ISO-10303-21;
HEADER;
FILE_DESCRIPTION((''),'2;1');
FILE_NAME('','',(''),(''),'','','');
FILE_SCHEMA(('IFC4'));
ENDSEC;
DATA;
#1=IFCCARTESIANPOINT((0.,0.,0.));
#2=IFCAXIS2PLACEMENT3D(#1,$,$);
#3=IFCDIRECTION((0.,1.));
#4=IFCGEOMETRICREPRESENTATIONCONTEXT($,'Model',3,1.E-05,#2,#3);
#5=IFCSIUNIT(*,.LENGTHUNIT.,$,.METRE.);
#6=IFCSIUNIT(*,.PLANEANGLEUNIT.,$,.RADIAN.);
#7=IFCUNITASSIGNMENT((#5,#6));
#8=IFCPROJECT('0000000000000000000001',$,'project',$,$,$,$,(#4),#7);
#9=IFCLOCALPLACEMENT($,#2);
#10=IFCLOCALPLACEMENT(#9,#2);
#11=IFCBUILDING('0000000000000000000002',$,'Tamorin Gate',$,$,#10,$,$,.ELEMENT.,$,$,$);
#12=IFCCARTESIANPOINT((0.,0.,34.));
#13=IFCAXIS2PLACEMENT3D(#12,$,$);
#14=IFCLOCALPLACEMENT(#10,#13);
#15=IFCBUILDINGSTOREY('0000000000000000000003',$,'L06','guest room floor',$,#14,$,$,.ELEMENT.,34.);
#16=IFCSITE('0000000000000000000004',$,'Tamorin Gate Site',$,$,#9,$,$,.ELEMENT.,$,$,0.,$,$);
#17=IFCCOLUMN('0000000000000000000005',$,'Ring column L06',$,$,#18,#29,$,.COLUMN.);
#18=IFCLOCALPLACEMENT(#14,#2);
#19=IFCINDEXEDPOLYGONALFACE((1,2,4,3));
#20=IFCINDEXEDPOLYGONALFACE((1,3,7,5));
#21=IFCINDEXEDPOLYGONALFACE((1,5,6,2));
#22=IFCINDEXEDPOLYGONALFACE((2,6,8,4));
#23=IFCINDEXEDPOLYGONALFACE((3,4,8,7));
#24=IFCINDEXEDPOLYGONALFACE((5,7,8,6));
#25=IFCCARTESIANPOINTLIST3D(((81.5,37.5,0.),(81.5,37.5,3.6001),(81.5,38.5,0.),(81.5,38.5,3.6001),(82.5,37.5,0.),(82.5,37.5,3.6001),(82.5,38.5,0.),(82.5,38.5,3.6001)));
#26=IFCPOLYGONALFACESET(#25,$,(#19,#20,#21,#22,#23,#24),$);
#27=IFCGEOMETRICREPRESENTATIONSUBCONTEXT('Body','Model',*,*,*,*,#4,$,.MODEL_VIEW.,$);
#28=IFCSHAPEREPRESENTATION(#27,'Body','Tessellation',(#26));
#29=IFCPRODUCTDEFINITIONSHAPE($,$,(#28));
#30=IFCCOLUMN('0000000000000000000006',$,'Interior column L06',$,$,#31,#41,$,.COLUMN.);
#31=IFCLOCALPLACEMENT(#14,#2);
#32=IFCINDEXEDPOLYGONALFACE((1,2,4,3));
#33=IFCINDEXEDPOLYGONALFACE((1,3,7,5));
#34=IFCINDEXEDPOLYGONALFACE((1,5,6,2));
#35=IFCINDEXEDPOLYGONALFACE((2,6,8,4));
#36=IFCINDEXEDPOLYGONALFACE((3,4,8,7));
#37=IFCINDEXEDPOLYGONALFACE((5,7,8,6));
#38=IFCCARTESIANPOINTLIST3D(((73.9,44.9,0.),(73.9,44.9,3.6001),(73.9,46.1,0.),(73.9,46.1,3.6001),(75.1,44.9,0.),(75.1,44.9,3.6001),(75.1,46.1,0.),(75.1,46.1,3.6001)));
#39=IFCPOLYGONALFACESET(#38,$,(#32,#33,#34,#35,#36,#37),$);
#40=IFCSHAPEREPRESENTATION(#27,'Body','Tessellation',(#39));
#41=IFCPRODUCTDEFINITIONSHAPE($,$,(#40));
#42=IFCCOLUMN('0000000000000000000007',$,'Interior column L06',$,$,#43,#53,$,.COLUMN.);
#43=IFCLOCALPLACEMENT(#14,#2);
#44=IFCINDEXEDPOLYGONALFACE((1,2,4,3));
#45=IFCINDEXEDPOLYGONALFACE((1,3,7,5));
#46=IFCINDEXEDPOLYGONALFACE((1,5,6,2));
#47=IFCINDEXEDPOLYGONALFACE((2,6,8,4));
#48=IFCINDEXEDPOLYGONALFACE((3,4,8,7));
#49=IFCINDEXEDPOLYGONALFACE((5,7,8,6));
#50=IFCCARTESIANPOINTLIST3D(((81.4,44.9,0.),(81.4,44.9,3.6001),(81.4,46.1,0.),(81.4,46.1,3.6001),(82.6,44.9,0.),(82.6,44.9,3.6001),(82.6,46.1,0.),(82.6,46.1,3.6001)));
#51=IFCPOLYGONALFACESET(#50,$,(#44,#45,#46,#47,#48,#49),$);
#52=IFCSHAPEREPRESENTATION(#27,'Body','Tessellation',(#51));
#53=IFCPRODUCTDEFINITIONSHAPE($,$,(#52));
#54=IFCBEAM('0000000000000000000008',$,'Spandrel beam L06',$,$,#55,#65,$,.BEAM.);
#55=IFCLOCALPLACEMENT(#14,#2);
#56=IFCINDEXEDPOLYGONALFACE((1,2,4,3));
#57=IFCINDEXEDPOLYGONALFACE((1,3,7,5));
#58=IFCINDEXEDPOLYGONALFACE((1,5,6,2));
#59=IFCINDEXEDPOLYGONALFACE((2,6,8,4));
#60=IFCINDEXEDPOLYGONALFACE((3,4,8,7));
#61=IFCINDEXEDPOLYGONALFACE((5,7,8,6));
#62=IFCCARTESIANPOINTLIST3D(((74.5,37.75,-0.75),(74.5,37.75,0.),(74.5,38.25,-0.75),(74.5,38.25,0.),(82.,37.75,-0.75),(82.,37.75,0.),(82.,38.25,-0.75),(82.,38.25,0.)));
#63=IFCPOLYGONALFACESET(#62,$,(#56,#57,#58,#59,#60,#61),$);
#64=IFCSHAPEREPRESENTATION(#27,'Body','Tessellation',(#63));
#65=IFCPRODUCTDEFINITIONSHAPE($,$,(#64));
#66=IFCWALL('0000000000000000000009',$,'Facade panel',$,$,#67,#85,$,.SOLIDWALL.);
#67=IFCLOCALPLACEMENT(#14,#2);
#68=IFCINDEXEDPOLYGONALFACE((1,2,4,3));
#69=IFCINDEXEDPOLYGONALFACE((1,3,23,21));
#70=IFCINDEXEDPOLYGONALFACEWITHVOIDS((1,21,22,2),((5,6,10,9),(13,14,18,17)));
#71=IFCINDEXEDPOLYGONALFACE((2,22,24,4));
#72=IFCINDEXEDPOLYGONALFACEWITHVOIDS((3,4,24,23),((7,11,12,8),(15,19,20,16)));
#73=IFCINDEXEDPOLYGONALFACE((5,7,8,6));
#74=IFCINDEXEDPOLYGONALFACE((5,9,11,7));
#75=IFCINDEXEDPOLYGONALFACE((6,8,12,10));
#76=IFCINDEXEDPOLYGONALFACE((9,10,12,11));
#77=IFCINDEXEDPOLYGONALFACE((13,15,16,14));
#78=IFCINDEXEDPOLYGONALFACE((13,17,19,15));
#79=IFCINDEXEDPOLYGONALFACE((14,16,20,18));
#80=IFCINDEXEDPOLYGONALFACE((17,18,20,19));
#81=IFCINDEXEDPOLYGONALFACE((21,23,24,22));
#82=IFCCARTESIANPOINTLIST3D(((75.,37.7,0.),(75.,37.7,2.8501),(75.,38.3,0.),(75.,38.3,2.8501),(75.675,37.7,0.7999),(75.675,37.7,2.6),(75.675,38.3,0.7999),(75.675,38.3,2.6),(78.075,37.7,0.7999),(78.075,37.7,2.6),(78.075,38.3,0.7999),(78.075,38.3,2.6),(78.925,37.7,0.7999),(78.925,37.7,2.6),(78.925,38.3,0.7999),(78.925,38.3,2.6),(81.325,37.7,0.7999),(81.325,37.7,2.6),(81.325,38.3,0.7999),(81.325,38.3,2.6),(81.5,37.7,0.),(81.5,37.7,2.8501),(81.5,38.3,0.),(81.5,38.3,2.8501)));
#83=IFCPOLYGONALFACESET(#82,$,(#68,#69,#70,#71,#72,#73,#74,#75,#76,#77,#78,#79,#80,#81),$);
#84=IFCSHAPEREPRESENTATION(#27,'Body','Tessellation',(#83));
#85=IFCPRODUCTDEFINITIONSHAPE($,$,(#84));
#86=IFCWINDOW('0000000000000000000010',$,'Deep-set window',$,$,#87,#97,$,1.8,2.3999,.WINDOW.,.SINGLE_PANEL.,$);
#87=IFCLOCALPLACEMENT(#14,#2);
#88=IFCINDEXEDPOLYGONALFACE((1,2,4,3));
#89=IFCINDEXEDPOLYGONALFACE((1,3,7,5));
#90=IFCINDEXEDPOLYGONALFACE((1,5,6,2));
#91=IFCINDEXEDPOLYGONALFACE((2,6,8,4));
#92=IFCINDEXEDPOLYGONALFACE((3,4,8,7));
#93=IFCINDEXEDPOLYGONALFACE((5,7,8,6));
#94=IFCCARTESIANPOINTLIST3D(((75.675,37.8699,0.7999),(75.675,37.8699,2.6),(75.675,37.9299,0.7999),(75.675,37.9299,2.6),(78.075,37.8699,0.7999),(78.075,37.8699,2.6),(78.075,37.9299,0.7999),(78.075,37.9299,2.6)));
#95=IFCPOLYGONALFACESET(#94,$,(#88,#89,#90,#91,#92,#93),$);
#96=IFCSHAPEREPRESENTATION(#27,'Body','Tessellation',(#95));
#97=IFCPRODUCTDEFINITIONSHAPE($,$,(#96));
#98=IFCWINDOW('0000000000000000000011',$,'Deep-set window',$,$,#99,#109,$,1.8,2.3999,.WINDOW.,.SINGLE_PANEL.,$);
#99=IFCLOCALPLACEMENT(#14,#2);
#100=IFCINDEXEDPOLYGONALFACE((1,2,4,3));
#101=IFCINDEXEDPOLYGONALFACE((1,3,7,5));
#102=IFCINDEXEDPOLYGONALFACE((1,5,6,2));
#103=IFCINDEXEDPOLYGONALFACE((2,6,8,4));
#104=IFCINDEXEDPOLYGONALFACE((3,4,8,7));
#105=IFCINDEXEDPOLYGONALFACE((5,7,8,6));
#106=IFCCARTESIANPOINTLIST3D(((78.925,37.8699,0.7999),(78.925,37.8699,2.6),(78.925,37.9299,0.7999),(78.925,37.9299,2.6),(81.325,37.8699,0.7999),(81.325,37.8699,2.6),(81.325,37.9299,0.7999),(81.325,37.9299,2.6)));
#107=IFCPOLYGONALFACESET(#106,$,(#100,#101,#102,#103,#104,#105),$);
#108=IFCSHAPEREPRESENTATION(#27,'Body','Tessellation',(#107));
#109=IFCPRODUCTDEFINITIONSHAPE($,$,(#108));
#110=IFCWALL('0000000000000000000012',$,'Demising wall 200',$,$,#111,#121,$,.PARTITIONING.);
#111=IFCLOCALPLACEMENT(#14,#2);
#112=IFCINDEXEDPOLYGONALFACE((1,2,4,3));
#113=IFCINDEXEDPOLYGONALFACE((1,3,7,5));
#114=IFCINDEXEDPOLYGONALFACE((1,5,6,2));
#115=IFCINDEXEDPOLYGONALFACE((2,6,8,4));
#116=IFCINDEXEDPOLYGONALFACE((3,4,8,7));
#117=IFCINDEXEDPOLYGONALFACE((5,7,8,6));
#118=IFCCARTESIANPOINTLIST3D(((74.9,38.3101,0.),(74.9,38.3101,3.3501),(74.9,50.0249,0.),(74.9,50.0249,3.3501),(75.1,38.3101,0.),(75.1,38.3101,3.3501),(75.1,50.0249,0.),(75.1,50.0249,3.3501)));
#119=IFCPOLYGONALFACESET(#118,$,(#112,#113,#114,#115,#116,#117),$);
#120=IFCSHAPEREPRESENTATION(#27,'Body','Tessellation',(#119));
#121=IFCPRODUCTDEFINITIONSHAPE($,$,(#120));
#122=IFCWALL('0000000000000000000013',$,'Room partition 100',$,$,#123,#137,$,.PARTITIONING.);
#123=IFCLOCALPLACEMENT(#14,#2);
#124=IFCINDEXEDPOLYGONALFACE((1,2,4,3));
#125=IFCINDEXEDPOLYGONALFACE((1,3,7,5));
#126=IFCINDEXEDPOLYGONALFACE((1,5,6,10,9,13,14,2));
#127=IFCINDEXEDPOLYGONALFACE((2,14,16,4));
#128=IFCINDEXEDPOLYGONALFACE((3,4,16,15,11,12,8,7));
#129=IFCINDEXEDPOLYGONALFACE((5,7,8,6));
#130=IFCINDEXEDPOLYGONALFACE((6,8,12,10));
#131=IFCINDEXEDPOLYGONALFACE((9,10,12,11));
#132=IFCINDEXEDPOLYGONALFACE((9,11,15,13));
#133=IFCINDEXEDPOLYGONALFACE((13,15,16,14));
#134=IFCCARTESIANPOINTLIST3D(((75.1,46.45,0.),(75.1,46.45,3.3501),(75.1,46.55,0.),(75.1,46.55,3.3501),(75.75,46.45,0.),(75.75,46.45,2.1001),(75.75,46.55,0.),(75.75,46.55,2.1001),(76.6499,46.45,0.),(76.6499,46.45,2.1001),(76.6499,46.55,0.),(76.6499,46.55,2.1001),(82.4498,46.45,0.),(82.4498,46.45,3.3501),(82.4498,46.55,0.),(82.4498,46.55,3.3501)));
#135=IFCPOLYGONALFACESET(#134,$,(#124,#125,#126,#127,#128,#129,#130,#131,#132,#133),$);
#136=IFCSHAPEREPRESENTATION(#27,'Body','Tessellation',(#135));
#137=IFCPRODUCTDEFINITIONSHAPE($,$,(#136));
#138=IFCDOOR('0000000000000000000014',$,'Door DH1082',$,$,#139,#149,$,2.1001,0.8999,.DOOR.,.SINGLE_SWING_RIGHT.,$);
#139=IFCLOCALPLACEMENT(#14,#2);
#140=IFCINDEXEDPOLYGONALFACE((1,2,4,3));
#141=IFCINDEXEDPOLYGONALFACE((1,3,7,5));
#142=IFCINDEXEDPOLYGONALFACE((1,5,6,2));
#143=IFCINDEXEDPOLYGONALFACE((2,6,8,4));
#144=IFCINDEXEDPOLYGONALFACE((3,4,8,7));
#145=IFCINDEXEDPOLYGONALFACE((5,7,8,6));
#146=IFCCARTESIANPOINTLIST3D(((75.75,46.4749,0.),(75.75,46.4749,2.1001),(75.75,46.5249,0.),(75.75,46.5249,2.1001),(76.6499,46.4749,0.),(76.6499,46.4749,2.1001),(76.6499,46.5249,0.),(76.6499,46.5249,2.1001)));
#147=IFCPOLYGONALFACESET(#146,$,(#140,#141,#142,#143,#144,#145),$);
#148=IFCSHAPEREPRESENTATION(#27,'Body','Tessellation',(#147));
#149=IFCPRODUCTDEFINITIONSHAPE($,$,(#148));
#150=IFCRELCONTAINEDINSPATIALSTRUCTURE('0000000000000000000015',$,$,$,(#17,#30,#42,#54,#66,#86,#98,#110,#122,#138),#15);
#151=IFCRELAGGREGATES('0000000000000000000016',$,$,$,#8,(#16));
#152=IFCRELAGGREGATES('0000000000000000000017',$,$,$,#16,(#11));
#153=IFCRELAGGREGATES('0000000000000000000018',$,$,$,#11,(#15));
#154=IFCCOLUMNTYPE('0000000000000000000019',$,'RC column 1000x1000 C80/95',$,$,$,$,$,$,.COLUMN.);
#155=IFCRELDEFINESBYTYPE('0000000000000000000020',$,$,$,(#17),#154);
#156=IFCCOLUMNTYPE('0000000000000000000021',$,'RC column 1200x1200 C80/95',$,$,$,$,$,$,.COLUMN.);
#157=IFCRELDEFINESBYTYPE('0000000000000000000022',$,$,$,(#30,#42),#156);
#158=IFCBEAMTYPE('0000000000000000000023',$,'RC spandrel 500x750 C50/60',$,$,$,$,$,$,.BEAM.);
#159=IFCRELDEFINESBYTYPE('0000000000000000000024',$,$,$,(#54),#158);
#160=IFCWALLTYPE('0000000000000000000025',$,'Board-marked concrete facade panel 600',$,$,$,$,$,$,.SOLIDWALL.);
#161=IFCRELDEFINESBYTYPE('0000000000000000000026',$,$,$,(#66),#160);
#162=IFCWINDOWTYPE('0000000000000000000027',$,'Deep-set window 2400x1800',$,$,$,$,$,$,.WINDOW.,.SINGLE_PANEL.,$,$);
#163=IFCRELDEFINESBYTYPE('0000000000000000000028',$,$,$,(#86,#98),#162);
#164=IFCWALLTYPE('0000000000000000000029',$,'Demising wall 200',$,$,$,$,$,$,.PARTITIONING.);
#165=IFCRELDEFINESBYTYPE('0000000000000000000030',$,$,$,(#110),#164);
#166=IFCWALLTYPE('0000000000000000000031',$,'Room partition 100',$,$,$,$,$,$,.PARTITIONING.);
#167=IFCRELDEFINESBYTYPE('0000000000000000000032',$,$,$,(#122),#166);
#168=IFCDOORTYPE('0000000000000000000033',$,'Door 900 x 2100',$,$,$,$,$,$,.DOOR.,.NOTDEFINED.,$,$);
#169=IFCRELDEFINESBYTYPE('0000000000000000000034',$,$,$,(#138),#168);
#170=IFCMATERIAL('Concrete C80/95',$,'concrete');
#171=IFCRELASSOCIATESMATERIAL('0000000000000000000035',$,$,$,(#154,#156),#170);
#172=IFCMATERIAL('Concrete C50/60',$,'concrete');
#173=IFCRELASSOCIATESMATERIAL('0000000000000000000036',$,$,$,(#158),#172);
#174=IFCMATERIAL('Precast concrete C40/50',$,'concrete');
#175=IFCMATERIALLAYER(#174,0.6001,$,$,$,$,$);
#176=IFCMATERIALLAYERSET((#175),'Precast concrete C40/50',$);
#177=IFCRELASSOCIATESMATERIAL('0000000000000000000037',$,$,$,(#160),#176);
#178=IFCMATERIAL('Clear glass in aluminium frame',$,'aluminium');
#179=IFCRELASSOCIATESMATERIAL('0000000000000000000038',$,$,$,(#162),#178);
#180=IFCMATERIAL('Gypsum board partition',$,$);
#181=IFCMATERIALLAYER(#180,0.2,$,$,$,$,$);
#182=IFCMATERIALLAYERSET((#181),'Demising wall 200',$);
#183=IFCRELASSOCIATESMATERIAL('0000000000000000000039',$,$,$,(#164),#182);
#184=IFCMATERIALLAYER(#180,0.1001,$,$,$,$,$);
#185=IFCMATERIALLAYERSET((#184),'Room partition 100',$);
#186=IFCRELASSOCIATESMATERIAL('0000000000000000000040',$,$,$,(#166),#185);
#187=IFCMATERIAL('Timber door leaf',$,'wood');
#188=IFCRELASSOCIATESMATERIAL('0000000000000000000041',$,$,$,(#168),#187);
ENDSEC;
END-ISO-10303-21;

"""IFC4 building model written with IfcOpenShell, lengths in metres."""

from ifc_helpers import new_model, si_unit, direction, frame, frame_2d, origin, origin_2d, place, context, subcontext, project, spatial, rectangle, extrude, material, layer, layer_set, material_profile, profile_set, type_object, element, fill, save


model = new_model("IFC4")

# Units and contexts
model_context = context("Model", 3, precision=1e-05, world=origin(), true_north=direction((0.0, 1.0)))
body_context = subcontext(model_context, "Body", "Model", "MODEL_VIEW")
ifc_project = project(units=[si_unit("LENGTHUNIT", "METRE"), si_unit("PLANEANGLEUNIT", "RADIAN")], contexts=[model_context])

# Site, building, storey
site_placement = place(None, origin())
site = spatial("IfcSite", under=ifc_project, at=site_placement, Name="Tamorin Gate Site", CompositionType="ELEMENT", RefElevation=0.0)
building_placement = place(site_placement, origin())
building = spatial("IfcBuilding", under=site, at=building_placement, Name="Tamorin Gate", CompositionType="ELEMENT")
storey_placement = place(building_placement, frame((0.0, 0.0, 34.0)))
storey = spatial("IfcBuildingStorey", under=building, at=storey_placement, Name="L06", Description="guest room floor", CompositionType="ELEMENT", Elevation=34.0)

# Columns
ifc_material_1 = material(Name="Concrete C80/95", Category="concrete")
ifc_material_profile_1 = material_profile(ifc_material_1, rectangle(XDim=1.0, YDim=1.0, at=origin_2d()), Name="RC 1000x1000")
ifc_profile_set_1 = profile_set([ifc_material_profile_1], Name="Concrete C80/95")
column_type_1 = type_object("IfcColumnType", Name="RC column 1000x1000 C80/95", PredefinedType="COLUMN", material=ifc_profile_set_1)
column_placement = place(storey_placement, frame((82.0, 38.0, 0.0), z_axis=(0.0, 0.0, 1.0), x_axis=(1.0, 0.0, 0.0)))
element("IfcColumn", 1, at=column_placement, inside=storey, type_object=column_type_1, Name="Ring column L06", PredefinedType="COLUMN", context=body_context, shape_type="SweptSolid", body=[
    extrude(rectangle(XDim=1.0, YDim=1.0, at=origin_2d()), origin(), (0.0, 0.0, 1.0), 3.6001),
])
ifc_material_profile_2 = material_profile(ifc_material_1, rectangle(XDim=1.2, YDim=1.2, at=origin_2d()), Name="RC 1200x1200")
ifc_profile_set_2 = profile_set([ifc_material_profile_2], Name="Concrete C80/95")
column_type_2 = type_object("IfcColumnType", Name="RC column 1200x1200 C80/95", PredefinedType="COLUMN", material=ifc_profile_set_2)
for number, where, z_axis, x_axis, name in (
    (2, (74.5, 45.5, 0.0), (0.0, 0.0, 1.0), (1.0, 0.0, 0.0), "Interior column L06"),
    (3, (82.0, 45.5, 0.0), (0.0, 0.0, 1.0), (1.0, 0.0, 0.0), "Interior column L06"),
):
    element("IfcColumn", number, at=place(storey_placement, frame(where, z_axis=z_axis, x_axis=x_axis)), inside=storey, type_object=column_type_2, Name=name, PredefinedType="COLUMN", context=body_context, shape_type="SweptSolid", body=[
        extrude(rectangle(XDim=1.2, YDim=1.2, at=origin_2d()), origin(), (0.0, 0.0, 1.0), 3.6001),
    ])

# Beam
ifc_material_2 = material(Name="Concrete C50/60", Category="concrete")
ifc_material_profile_3 = material_profile(ifc_material_2, rectangle(XDim=0.5, YDim=0.75, at=origin_2d()), Name="RC 500x750")
ifc_profile_set_3 = profile_set([ifc_material_profile_3], Name="Concrete C50/60")
beam_type = type_object("IfcBeamType", Name="RC spandrel 500x750 C50/60", PredefinedType="BEAM", material=ifc_profile_set_3)
beam_placement = place(storey_placement, frame((74.5, 38.0, -0.375), z_axis=(1.0, 0.0, 0.0), x_axis=(0.0, 1.0, 0.0)))
element("IfcBeam", 4, at=beam_placement, inside=storey, type_object=beam_type, Name="Spandrel beam L06", PredefinedType="BEAM", context=body_context, shape_type="SweptSolid", body=[
    extrude(rectangle(XDim=0.5, YDim=0.75, at=origin_2d()), origin(), (0.0, 0.0, 1.0), 7.5),
])

# Wall, openings, windows
ifc_material_3 = material(Name="Precast concrete C40/50", Category="concrete")
ifc_layer_1 = layer(ifc_material_3, 0.6001)
ifc_layer_set_1 = layer_set([ifc_layer_1], Name="Precast concrete C40/50")
wall_type_1 = type_object("IfcWallType", Name="Board-marked concrete facade panel 600", PredefinedType="SOLIDWALL", material=ifc_layer_set_1)
wall_1_placement = place(storey_placement, frame((75.0, 38.0, 0.0), z_axis=(0.0, 0.0, 1.0), x_axis=(1.0, 0.0, 0.0)))
wall_1 = element("IfcWall", 5, at=wall_1_placement, inside=storey, type_object=wall_type_1, Name="Facade panel", PredefinedType="SOLIDWALL", context=body_context, shape_type="SweptSolid", body=[
    extrude(rectangle(XDim=6.5, YDim=0.6001, at=frame_2d((3.25, 0.0))), origin(), (0.0, 0.0, 1.0), 2.8501),
])
opening_1_placement = place(wall_1_placement, frame((0.675, 0.0, 0.8)))
opening_1 = element("IfcOpeningElement", 6, at=opening_1_placement, cuts=wall_1, PredefinedType="OPENING", context=body_context, shape_type="SweptSolid", body=[
    extrude(rectangle(XDim=2.3999, YDim=1.8, at=frame_2d((1.2, 0.8999))), frame((0.0, 0.3101, 0.0), z_axis=(0.0, -1.0, 0.0), x_axis=(1.0, 0.0, 0.0)), (0.0, 0.0, 1.0), 0.6201),
])
opening_2_placement = place(wall_1_placement, frame((3.925, 0.0, 0.8)))
opening_2 = element("IfcOpeningElement", 7, at=opening_2_placement, cuts=wall_1, PredefinedType="OPENING", context=body_context, shape_type="SweptSolid", body=[
    extrude(rectangle(XDim=2.3999, YDim=1.8, at=frame_2d((1.2, 0.8999))), frame((0.0, 0.3101, 0.0), z_axis=(0.0, -1.0, 0.0), x_axis=(1.0, 0.0, 0.0)), (0.0, 0.0, 1.0), 0.6201),
])
ifc_material_4 = material(Name="Clear glass in aluminium frame", Category="aluminium")
window_type = type_object("IfcWindowType", Name="Deep-set window 2400x1800", PartitioningType="SINGLE_PANEL", PredefinedType="WINDOW", material=ifc_material_4)
window_1_placement = place(opening_1_placement, origin())
window_1 = element("IfcWindow", 8, at=window_1_placement, inside=storey, type_object=window_type, Name="Deep-set window", OverallHeight=1.8, OverallWidth=2.3999, PartitioningType="SINGLE_PANEL", PredefinedType="WINDOW", context=body_context, shape_type="SweptSolid", body=[
    extrude(rectangle(XDim=2.3999, YDim=1.8, at=frame_2d((1.2, 0.8999))), frame((0.0, -0.0701, 0.0), z_axis=(0.0, -1.0, 0.0), x_axis=(1.0, 0.0, 0.0)), (0.0, 0.0, 1.0), 0.0601),
])
fill(opening_1, window_1)
window_2_placement = place(opening_2_placement, origin())
window_2 = element("IfcWindow", 9, at=window_2_placement, inside=storey, type_object=window_type, Name="Deep-set window", OverallHeight=1.8, OverallWidth=2.3999, PartitioningType="SINGLE_PANEL", PredefinedType="WINDOW", context=body_context, shape_type="SweptSolid", body=[
    extrude(rectangle(XDim=2.3999, YDim=1.8, at=frame_2d((1.2, 0.8999))), frame((0.0, -0.0701, 0.0), z_axis=(0.0, -1.0, 0.0), x_axis=(1.0, 0.0, 0.0)), (0.0, 0.0, 1.0), 0.0601),
])
fill(opening_2, window_2)

# Wall
ifc_material_5 = material(Name="Gypsum board partition")
ifc_layer_2 = layer(ifc_material_5, 0.2)
ifc_layer_set_2 = layer_set([ifc_layer_2], Name="Demising wall 200")
wall_type_2 = type_object("IfcWallType", Name="Demising wall 200", PredefinedType="PARTITIONING", material=ifc_layer_set_2)
wall_2_placement = place(storey_placement, frame((75.0, 38.3101, 0.0), z_axis=(0.0, 0.0, 1.0), x_axis=(0.0, 1.0, 0.0)))
element("IfcWall", 10, at=wall_2_placement, inside=storey, type_object=wall_type_2, Name="Demising wall 200", PredefinedType="PARTITIONING", context=body_context, shape_type="SweptSolid", body=[
    extrude(rectangle(XDim=11.7148, YDim=0.2, at=frame_2d((5.8574, 0.0))), origin(), (0.0, 0.0, 1.0), 3.3501),
])

# Wall, opening, door
ifc_layer_3 = layer(ifc_material_5, 0.1001)
ifc_layer_set_3 = layer_set([ifc_layer_3], Name="Room partition 100")
wall_type_3 = type_object("IfcWallType", Name="Room partition 100", PredefinedType="PARTITIONING", material=ifc_layer_set_3)
wall_3_placement = place(storey_placement, frame((75.1001, 46.5, 0.0), z_axis=(0.0, 0.0, 1.0), x_axis=(1.0, 0.0, 0.0)))
wall_3 = element("IfcWall", 11, at=wall_3_placement, inside=storey, type_object=wall_type_3, Name="Room partition 100", PredefinedType="PARTITIONING", context=body_context, shape_type="SweptSolid", body=[
    extrude(rectangle(XDim=7.3499, YDim=0.1001, at=frame_2d((3.6748, 0.0))), origin(), (0.0, 0.0, 1.0), 3.3501),
])
opening_3_placement = place(wall_3_placement, frame((0.6499, 0.0, 0.0)))
opening_3 = element("IfcOpeningElement", 12, at=opening_3_placement, cuts=wall_3, PredefinedType="OPENING", context=body_context, shape_type="SweptSolid", body=[
    extrude(rectangle(XDim=0.8999, YDim=2.1001, at=frame_2d((0.45, 1.05))), frame((0.0, 0.0601, 0.0), z_axis=(0.0, -1.0, 0.0), x_axis=(1.0, 0.0, 0.0)), (0.0, 0.0, 1.0), 0.1201),
])
ifc_material_6 = material(Name="Timber door leaf", Category="wood")
door_type = type_object("IfcDoorType", Name="Door 900 x 2100", OperationType="NOTDEFINED", PredefinedType="DOOR", material=ifc_material_6)
door_placement = place(opening_3_placement, origin())
door = element("IfcDoor", 13, at=door_placement, inside=storey, type_object=door_type, Name="Door DH1082", OperationType="SINGLE_SWING_RIGHT", OverallHeight=2.1001, OverallWidth=0.8999, PredefinedType="DOOR", context=body_context, shape_type="SweptSolid", body=[
    extrude(rectangle(XDim=0.8999, YDim=2.1001, at=frame_2d((0.45, 1.05))), frame((0.0, 0.0249, 0.0), z_axis=(0.0, -1.0, 0.0), x_axis=(1.0, 0.0, 0.0)), (0.0, 0.0, 1.0), 0.05),
])
fill(opening_3, door)

save(model, "model.ifc")
